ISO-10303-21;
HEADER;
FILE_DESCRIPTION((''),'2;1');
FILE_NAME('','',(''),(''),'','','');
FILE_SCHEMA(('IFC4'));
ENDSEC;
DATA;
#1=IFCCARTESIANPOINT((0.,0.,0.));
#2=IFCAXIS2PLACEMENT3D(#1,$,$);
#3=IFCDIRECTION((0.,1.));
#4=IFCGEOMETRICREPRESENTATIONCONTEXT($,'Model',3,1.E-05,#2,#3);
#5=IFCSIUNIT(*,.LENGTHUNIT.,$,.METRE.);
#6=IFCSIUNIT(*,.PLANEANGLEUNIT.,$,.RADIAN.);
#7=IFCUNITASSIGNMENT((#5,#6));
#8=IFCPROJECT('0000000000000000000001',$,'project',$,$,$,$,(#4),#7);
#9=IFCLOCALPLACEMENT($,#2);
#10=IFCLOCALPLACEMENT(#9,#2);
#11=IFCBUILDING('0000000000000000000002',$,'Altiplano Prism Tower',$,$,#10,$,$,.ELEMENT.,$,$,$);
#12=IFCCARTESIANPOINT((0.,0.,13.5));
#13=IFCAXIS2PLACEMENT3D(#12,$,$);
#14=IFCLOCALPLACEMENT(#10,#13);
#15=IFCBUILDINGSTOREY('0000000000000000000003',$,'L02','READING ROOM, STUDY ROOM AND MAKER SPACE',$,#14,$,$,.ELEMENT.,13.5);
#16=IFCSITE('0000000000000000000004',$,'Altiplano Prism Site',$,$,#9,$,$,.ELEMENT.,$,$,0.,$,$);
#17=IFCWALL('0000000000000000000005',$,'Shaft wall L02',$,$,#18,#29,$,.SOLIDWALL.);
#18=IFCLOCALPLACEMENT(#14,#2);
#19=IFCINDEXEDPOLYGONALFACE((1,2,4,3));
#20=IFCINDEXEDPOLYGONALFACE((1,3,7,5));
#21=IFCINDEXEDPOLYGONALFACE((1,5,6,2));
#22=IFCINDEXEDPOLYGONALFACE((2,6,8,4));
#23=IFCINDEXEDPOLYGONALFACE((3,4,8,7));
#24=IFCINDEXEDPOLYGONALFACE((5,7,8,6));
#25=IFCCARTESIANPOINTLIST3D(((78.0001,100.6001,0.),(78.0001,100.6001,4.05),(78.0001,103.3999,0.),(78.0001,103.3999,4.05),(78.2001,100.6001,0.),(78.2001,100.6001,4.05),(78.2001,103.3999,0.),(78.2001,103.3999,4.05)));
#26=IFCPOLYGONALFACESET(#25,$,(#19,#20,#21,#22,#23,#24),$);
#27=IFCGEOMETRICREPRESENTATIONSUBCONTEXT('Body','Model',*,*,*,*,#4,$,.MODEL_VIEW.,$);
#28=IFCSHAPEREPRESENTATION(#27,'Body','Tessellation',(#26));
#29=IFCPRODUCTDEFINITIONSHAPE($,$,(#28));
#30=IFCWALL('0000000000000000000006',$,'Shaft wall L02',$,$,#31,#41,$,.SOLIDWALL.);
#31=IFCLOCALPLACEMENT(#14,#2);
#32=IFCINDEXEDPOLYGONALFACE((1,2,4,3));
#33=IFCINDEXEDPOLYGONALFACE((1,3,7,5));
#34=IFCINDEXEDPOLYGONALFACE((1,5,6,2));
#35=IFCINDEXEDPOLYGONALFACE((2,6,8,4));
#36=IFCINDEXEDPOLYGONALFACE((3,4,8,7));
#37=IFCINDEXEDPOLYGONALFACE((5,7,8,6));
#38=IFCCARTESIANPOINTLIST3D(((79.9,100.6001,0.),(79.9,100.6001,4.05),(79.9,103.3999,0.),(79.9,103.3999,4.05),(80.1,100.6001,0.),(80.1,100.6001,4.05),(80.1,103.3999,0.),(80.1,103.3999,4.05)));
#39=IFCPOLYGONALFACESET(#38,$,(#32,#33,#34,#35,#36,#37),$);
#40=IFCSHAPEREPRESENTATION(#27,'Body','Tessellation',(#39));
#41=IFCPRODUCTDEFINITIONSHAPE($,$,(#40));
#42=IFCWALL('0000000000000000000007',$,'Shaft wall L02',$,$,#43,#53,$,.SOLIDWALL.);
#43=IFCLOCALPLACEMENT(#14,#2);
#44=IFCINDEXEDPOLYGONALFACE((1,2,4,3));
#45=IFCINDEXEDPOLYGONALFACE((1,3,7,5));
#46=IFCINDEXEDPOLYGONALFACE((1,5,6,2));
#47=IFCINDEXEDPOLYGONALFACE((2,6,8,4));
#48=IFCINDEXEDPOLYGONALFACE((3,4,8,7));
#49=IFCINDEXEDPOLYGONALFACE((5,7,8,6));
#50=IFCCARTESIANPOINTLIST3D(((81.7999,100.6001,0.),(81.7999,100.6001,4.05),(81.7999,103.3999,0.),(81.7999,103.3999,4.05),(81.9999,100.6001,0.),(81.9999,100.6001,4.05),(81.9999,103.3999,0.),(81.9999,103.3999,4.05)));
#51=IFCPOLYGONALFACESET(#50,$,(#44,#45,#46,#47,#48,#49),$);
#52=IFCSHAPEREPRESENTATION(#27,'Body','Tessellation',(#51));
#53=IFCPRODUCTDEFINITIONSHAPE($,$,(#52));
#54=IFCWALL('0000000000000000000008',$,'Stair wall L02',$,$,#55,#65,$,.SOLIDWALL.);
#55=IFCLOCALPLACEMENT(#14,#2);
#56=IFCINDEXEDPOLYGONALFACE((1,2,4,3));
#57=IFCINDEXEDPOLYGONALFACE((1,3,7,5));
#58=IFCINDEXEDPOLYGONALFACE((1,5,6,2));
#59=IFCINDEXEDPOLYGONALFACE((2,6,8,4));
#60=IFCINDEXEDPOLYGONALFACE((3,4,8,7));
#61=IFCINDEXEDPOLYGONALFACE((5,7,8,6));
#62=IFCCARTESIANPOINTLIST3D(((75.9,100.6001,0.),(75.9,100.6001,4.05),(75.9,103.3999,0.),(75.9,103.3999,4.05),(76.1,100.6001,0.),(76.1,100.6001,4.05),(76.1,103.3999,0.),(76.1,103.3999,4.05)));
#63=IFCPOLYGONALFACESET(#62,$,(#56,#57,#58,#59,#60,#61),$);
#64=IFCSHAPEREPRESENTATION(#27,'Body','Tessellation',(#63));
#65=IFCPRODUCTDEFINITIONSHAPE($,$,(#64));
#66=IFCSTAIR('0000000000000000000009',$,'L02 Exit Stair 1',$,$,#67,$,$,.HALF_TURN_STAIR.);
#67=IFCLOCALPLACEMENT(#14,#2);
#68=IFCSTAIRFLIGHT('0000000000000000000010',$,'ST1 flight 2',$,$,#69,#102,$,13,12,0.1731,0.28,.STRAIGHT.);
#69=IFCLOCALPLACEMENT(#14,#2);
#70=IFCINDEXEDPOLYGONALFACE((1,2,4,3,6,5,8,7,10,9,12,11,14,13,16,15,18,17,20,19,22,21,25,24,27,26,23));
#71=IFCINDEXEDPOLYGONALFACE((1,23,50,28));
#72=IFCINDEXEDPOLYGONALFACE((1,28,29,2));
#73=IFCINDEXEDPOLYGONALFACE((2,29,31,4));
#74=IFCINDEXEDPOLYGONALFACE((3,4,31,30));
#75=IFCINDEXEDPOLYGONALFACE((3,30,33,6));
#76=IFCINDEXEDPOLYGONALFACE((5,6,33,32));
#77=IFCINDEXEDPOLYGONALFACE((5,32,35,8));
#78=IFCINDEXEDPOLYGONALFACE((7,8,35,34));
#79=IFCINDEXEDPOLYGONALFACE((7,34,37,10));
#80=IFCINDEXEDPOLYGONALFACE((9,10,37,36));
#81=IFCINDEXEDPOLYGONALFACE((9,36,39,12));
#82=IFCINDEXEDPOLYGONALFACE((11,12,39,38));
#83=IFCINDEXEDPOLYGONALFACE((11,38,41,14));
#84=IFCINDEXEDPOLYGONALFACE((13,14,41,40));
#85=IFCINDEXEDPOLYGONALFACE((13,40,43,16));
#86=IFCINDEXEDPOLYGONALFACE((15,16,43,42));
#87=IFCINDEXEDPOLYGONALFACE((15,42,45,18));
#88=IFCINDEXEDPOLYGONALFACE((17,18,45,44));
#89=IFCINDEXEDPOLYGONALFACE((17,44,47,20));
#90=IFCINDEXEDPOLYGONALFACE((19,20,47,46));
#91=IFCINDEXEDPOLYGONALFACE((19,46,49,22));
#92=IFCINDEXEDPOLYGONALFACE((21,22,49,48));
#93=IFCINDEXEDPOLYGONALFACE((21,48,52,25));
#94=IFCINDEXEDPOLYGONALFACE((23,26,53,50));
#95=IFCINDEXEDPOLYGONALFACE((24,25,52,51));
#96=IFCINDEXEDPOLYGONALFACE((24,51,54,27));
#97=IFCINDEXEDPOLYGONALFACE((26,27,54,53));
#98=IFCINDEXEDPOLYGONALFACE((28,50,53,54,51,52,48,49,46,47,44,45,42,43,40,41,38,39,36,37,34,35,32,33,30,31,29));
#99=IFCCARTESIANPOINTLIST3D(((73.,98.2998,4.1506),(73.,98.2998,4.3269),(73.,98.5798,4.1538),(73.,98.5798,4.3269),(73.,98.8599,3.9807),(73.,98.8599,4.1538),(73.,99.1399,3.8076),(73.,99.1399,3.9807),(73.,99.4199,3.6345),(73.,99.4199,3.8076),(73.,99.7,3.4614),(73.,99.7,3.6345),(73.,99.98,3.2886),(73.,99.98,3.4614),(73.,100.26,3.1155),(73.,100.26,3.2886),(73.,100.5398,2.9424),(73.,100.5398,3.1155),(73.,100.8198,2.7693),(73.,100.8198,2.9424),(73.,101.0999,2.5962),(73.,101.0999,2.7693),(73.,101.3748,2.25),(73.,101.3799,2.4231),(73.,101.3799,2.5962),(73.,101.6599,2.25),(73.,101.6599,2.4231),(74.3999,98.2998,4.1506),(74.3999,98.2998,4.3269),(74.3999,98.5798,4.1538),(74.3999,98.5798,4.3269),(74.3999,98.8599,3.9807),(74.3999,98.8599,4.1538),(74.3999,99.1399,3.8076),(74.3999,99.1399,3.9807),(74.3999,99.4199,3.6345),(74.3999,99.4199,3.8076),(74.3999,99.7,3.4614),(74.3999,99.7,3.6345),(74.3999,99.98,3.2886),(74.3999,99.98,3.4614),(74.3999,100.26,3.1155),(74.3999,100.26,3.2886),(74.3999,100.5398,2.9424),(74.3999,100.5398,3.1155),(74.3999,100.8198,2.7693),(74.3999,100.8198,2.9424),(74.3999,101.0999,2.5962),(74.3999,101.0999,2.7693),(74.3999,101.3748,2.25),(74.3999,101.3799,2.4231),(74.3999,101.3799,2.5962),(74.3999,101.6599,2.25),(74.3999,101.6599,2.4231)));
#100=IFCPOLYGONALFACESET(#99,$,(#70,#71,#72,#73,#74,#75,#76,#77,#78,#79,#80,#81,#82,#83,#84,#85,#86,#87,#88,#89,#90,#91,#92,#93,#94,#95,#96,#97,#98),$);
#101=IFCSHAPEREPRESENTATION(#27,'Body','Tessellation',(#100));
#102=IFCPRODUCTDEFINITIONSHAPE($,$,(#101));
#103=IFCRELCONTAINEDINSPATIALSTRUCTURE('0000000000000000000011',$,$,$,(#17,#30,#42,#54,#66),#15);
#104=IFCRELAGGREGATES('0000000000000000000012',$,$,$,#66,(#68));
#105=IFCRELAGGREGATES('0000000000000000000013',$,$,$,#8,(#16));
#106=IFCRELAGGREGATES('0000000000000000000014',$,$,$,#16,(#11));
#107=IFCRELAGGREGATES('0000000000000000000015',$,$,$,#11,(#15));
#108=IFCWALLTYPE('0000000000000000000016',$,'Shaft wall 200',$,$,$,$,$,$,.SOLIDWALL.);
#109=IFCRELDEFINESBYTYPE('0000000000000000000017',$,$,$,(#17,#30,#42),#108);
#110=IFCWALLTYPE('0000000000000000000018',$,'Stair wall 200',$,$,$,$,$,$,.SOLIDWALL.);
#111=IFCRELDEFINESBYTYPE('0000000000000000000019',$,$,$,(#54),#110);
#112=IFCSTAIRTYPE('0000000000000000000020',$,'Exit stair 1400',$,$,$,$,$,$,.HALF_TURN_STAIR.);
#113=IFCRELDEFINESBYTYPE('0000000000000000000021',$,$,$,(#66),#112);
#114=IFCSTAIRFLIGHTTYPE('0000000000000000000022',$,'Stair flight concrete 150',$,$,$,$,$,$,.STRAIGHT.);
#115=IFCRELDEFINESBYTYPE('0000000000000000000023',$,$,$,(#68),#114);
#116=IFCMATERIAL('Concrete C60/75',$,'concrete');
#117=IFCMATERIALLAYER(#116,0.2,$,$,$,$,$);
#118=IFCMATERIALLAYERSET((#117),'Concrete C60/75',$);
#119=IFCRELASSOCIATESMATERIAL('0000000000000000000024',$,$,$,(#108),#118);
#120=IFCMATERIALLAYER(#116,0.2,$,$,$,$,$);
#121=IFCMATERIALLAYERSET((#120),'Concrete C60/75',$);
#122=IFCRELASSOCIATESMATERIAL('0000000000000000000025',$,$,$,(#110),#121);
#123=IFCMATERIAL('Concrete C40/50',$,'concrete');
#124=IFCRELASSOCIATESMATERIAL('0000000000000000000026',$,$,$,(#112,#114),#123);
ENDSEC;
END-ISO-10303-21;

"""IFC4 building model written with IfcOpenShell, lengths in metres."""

from ifc_helpers import new_model, si_unit, direction, frame, frame_2d, origin, place, context, subcontext, project, spatial, polyline, rectangle, outline, extrude, material, layer, layer_set, type_object, element, aggregate, save


model = new_model("IFC4")

# Units and contexts
model_context = context("Model", 3, precision=1e-05, world=origin(), true_north=direction((0.0, 1.0)))
body_context = subcontext(model_context, "Body", "Model", "MODEL_VIEW")
ifc_project = project(units=[si_unit("LENGTHUNIT", "METRE"), si_unit("PLANEANGLEUNIT", "RADIAN")], contexts=[model_context])

# Site, building, storey
site_placement = place(None, origin())
site = spatial("IfcSite", under=ifc_project, at=site_placement, Name="Altiplano Prism Site", CompositionType="ELEMENT", RefElevation=0.0)
building_placement = place(site_placement, origin())
building = spatial("IfcBuilding", under=site, at=building_placement, Name="Altiplano Prism Tower", CompositionType="ELEMENT")
storey_placement = place(building_placement, frame((0.0, 0.0, 13.5)))
storey = spatial("IfcBuildingStorey", under=building, at=storey_placement, Name="L02", Description="READING ROOM, STUDY ROOM AND MAKER SPACE", CompositionType="ELEMENT", Elevation=13.5)

# Walls
ifc_material_1 = material(Name="Concrete C60/75", Category="concrete")
ifc_layer_1 = layer(ifc_material_1, 0.2)
ifc_layer_set_1 = layer_set([ifc_layer_1], Name="Concrete C60/75")
wall_type_1 = type_object("IfcWallType", Name="Shaft wall 200", PredefinedType="SOLIDWALL", material=ifc_layer_set_1)
for number, where, z_axis, x_axis, name in (
    (1, (78.1001, 100.6001, 0.0), (0.0, 0.0, 1.0), (0.0, 1.0, 0.0), "Shaft wall L02"),
    (2, (80.0, 100.6001, 0.0), (0.0, 0.0, 1.0), (0.0, 1.0, 0.0), "Shaft wall L02"),
    (3, (81.8999, 100.6001, 0.0), (0.0, 0.0, 1.0), (0.0, 1.0, 0.0), "Shaft wall L02"),
):
    element("IfcWall", number, at=place(storey_placement, frame(where, z_axis=z_axis, x_axis=x_axis)), inside=storey, type_object=wall_type_1, Name=name, PredefinedType="SOLIDWALL", context=body_context, shape_type="SweptSolid", body=[
        extrude(rectangle(XDim=2.7998, YDim=0.2, at=frame_2d((1.3999, 0.0))), origin(), (0.0, 0.0, 1.0), 4.05),
    ])

# Shared definitions
ifc_layer_2 = layer(ifc_material_1, 0.2)
ifc_layer_set_2 = layer_set([ifc_layer_2], Name="Concrete C60/75")
wall_type_2 = type_object("IfcWallType", Name="Stair wall 200", PredefinedType="SOLIDWALL", material=ifc_layer_set_2)

# Wall
wall_1_placement = place(storey_placement, frame((76.0, 100.6001, 0.0), z_axis=(0.0, 0.0, 1.0), x_axis=(0.0, 1.0, 0.0)))
element("IfcWall", 4, at=wall_1_placement, inside=storey, type_object=wall_type_2, Name="Stair wall L02", PredefinedType="SOLIDWALL", context=body_context, shape_type="SweptSolid", body=[
    extrude(rectangle(XDim=2.7998, YDim=0.2, at=frame_2d((1.3999, 0.0))), origin(), (0.0, 0.0, 1.0), 4.05),
])

# Stair, stair flight
ifc_material_2 = material(Name="Concrete C40/50", Category="concrete")
stair_type = type_object("IfcStairType", Name="Exit stair 1400", PredefinedType="HALF_TURN_STAIR", material=ifc_material_2)
stair_placement = place(storey_placement, origin())
stair = element("IfcStair", 5, at=stair_placement, inside=storey, type_object=stair_type, Name="L02 Exit Stair 1", PredefinedType="HALF_TURN_STAIR")
stair_flight_type = type_object("IfcStairFlightType", Name="Stair flight concrete 150", PredefinedType="STRAIGHT", material=ifc_material_2)
stair_flight_placement = place(storey_placement, frame((73.7, 101.6599, 2.25), z_axis=(0.0, 0.0, 1.0), x_axis=(0.0, -1.0, 0.0)))
stair_flight = element("IfcStairFlight", 6, at=stair_flight_placement, type_object=stair_flight_type, Name="ST1 flight 2", NumberOfRisers=13, NumberOfTreads=12, PredefinedType="STRAIGHT", RiserHeight=0.1731, TreadLength=0.28, context=body_context, shape_type="SweptSolid", body=[
    extrude(outline(polyline([(0.0, 0.0), (0.0, 0.1731), (0.28, 0.1731), (0.28, 0.3462), (0.5601, 0.3462), (0.5601, 0.5193), (0.8401, 0.5193), (0.8401, 0.6924), (1.1201, 0.6924), (1.1201, 0.8655), (1.3999, 0.8655), (1.3999, 1.0386), (1.6799, 1.0386), (1.6799, 1.2114), (1.96, 1.2114), (1.96, 1.3845), (2.24, 1.3845), (2.24, 1.5576), (2.52, 1.5576), (2.52, 1.7307), (2.8, 1.7307), (2.8, 1.9038), (3.0801, 1.9038), (3.0801, 2.0769), (3.3601, 2.0769), (3.3601, 2.25), (3.3601, 1.9006), (0.2852, 0.0), (0.0, 0.0)])), frame((0.0, 0.7, 0.0), z_axis=(0.0, -1.0, 0.0), x_axis=(1.0, 0.0, 0.0)), (0.0, 0.0, 1.0), 1.3999),
])
aggregate(stair, [stair_flight])

save(model, "model.ifc")
